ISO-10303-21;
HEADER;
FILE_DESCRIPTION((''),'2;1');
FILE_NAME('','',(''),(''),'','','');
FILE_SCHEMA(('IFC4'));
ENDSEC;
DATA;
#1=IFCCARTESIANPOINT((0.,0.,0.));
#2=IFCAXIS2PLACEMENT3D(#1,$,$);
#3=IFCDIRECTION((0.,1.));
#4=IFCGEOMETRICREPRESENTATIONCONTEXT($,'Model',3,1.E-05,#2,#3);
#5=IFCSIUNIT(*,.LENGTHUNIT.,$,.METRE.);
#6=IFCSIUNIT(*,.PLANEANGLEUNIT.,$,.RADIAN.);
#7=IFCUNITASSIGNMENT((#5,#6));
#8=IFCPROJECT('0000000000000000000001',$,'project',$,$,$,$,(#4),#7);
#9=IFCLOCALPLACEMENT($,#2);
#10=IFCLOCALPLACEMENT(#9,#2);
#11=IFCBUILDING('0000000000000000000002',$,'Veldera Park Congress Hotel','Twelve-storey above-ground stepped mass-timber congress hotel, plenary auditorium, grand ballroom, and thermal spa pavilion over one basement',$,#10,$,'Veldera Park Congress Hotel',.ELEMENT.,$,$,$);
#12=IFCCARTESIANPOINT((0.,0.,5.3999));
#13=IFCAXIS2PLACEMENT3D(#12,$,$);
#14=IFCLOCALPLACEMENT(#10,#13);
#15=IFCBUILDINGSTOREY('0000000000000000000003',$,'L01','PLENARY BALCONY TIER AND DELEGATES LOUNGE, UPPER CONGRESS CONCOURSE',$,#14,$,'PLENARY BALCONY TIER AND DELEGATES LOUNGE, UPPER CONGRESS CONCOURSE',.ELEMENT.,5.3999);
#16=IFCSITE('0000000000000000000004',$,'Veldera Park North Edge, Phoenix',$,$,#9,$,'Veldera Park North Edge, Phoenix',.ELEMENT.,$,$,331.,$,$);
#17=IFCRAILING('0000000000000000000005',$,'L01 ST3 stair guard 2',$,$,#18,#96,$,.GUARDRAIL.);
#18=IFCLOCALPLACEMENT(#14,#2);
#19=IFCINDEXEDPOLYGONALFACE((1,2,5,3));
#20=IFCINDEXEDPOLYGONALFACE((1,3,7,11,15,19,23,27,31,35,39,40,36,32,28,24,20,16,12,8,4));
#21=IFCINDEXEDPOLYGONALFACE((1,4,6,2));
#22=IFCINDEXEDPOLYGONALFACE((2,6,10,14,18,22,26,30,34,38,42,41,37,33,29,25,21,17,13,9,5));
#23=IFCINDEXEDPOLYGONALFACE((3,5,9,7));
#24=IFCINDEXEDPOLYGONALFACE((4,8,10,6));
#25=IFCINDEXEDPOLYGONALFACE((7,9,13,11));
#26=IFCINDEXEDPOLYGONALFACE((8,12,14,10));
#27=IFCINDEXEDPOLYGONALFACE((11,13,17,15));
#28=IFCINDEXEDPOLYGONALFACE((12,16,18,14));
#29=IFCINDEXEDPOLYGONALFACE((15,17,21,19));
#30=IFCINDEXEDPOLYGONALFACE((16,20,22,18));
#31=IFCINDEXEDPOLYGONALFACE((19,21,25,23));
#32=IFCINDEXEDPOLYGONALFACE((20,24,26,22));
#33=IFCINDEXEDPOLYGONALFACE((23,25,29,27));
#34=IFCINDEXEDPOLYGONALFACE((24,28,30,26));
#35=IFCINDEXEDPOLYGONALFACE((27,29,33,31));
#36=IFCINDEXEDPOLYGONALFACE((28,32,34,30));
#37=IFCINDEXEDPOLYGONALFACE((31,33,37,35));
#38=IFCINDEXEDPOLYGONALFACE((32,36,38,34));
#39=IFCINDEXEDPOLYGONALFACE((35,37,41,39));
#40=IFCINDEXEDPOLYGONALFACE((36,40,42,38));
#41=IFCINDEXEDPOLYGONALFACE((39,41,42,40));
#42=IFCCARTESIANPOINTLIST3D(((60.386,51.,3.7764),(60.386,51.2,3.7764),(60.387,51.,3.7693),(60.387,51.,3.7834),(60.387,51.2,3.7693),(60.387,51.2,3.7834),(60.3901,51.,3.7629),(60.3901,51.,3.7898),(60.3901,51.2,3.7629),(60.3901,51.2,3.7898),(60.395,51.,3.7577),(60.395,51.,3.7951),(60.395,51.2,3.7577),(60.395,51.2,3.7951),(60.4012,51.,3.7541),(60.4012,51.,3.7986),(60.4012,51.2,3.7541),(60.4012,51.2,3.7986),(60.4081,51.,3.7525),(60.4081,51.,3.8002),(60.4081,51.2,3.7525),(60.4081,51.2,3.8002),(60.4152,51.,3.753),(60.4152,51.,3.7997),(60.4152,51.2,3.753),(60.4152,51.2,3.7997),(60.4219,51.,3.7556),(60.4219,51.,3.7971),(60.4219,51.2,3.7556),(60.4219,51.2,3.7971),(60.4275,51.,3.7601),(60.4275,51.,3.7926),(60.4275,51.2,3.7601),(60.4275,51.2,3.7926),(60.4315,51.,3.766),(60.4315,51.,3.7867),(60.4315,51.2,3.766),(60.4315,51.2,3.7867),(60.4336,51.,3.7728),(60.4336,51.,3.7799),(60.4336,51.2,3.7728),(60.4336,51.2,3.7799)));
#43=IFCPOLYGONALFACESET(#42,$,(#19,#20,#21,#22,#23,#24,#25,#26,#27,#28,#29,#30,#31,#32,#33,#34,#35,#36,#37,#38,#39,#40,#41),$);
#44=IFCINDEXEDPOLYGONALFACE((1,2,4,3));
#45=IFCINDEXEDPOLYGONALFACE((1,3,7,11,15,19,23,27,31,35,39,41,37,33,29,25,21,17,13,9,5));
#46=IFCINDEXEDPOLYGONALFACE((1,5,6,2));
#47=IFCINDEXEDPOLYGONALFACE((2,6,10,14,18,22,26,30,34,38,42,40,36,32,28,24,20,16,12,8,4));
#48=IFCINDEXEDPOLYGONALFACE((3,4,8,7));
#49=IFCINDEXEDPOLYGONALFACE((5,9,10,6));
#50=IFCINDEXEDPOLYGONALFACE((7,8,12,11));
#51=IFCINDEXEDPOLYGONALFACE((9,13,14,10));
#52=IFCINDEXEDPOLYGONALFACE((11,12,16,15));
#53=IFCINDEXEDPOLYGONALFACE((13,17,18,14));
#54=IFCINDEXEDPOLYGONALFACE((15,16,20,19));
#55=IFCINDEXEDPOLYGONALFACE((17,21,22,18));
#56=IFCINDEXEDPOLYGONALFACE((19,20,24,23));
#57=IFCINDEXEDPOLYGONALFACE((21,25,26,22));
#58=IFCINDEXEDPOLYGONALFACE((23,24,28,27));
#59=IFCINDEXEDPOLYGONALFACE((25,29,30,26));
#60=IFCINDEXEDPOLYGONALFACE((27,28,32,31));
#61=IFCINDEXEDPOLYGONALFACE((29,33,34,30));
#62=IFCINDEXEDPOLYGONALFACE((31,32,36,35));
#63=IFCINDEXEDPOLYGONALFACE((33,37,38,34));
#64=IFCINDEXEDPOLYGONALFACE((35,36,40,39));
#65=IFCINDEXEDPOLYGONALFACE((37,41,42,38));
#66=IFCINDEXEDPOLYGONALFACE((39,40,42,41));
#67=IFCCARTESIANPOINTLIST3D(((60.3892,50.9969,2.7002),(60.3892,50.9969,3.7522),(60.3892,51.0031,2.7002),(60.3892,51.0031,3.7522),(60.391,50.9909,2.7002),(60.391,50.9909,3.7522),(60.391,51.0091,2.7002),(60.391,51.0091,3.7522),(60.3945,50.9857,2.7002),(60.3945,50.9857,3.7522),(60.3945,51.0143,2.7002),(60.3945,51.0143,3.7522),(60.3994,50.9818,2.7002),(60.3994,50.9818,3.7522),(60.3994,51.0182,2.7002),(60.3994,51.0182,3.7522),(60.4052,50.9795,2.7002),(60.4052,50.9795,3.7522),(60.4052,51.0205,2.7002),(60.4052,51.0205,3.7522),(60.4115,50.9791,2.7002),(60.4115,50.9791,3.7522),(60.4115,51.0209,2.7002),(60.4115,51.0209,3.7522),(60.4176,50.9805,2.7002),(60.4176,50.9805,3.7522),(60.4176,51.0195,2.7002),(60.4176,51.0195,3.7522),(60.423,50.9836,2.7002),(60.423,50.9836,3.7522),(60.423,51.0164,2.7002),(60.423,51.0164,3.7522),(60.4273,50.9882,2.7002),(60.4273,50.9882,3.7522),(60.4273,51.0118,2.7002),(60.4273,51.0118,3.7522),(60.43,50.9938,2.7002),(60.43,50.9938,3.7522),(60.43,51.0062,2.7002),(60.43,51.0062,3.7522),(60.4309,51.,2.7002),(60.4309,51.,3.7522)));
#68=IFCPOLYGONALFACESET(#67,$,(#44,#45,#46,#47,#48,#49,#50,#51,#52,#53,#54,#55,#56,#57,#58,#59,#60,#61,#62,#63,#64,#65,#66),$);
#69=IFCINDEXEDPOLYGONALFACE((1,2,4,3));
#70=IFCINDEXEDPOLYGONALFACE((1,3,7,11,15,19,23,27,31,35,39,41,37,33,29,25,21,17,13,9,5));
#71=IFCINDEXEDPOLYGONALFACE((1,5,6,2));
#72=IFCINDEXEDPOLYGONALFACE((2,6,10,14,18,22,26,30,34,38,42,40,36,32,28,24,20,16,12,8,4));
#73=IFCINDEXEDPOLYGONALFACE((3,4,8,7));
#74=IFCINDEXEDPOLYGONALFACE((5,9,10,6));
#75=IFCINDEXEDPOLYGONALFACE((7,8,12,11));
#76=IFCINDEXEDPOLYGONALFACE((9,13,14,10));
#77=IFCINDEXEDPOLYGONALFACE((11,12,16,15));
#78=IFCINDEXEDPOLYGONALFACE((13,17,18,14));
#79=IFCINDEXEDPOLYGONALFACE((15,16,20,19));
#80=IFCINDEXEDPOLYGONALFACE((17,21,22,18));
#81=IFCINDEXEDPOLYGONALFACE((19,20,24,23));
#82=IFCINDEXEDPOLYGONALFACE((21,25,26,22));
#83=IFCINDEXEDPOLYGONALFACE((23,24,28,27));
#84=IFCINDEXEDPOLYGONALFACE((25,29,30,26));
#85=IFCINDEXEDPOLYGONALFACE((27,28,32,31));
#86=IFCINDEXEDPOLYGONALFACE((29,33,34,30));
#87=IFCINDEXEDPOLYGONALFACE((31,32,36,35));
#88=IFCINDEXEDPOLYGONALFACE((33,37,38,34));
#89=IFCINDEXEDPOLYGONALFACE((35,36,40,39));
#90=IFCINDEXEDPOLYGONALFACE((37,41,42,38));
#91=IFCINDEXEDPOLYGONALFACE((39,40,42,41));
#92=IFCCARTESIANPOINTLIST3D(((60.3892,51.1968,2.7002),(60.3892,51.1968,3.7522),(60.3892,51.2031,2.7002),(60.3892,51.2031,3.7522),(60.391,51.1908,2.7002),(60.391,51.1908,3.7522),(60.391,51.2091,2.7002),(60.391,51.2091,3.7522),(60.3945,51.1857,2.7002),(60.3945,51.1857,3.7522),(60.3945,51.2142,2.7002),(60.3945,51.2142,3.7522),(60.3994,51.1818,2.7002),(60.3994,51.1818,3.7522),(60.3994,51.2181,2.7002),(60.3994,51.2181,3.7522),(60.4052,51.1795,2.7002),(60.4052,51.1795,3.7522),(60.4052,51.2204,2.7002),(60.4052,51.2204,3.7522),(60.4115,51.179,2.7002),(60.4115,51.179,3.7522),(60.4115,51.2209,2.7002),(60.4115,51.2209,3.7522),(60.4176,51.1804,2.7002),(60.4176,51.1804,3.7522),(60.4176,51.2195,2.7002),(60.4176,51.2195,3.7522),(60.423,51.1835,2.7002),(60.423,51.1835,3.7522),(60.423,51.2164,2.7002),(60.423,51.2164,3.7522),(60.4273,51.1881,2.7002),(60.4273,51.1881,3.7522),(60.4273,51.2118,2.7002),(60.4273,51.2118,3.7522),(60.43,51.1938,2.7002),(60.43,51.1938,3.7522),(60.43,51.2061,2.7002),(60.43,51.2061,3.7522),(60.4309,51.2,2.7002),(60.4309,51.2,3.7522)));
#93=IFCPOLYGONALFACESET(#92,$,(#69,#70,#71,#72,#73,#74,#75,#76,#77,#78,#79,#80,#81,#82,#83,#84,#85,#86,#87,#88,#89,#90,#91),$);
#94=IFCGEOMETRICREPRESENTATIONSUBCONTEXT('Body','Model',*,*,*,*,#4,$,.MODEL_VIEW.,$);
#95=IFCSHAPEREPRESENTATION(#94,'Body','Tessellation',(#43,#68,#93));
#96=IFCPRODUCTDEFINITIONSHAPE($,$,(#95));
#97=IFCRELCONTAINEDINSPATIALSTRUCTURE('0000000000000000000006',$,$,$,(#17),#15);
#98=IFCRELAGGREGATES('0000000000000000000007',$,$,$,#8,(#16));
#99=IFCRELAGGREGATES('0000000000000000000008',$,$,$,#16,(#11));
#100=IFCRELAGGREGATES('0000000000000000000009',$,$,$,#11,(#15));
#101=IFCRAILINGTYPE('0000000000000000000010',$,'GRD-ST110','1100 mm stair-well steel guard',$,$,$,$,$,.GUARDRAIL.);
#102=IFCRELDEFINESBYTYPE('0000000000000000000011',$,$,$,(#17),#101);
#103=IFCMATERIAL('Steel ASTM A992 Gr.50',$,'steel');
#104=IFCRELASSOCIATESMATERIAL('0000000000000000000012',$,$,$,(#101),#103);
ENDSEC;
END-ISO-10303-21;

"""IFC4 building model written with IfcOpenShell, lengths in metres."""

from ifc_helpers import new_model, si_unit, direction, frame, origin, origin_2d, place, context, subcontext, project, spatial, circle, extrude, material, type_object, element, save


model = new_model("IFC4")

# Units and contexts
model_context = context("Model", 3, precision=1e-05, world=origin(), true_north=direction((0.0, 1.0)))
body_context = subcontext(model_context, "Body", "Model", "MODEL_VIEW")
ifc_project = project(units=[si_unit("LENGTHUNIT", "METRE"), si_unit("PLANEANGLEUNIT", "RADIAN")], contexts=[model_context])

# Site, building, storey
site_placement = place(None, origin())
site = spatial("IfcSite", under=ifc_project, at=site_placement, Name="Veldera Park North Edge, Phoenix", LongName="Veldera Park North Edge, Phoenix", CompositionType="ELEMENT", RefElevation=331.0)
building_placement = place(site_placement, origin())
building = spatial("IfcBuilding", under=site, at=building_placement, Name="Veldera Park Congress Hotel", Description="Twelve-storey above-ground stepped mass-timber congress hotel, plenary auditorium, grand ballroom, and thermal spa pavilion over one basement", LongName="Veldera Park Congress Hotel", CompositionType="ELEMENT")
storey_placement = place(building_placement, frame((0.0, 0.0, 5.3999)))
storey = spatial("IfcBuildingStorey", under=building, at=storey_placement, Name="L01", Description="PLENARY BALCONY TIER AND DELEGATES LOUNGE, UPPER CONGRESS CONCOURSE", LongName="PLENARY BALCONY TIER AND DELEGATES LOUNGE, UPPER CONGRESS CONCOURSE", CompositionType="ELEMENT", Elevation=5.3999)

# Shared definitions
ifc_material_1 = material(Name="Steel ASTM A992 Gr.50", Category="steel")

# Railing
railing_type_1 = type_object("IfcRailingType", Name="GRD-ST110", Description="1100 mm stair-well steel guard", PredefinedType="GUARDRAIL", material=ifc_material_1)
railing_1_placement = place(storey_placement, frame((60.4099, 51.0, 2.7002)))
element("IfcRailing", 1, at=railing_1_placement, inside=storey, type_object=railing_type_1, Name="L01 ST3 stair guard 2", PredefinedType="GUARDRAIL", context=body_context, shape_type="SweptSolid", body=[
    extrude(circle(Radius=0.0239, at=origin_2d()), frame((0.0, 0.0, 1.0762), z_axis=(0.0, 1.0, 0.0), x_axis=(-1.0, 0.0, 0.0)), (0.0, 0.0, 1.0), 0.2),
    extrude(circle(Radius=0.021, at=origin_2d()), origin(), (0.0, 0.0, 1.0), 1.052),
    extrude(circle(Radius=0.021, at=origin_2d()), frame((0.0, 0.2, 0.0)), (0.0, 0.0, 1.0), 1.052),
])

save(model, "model.ifc")
